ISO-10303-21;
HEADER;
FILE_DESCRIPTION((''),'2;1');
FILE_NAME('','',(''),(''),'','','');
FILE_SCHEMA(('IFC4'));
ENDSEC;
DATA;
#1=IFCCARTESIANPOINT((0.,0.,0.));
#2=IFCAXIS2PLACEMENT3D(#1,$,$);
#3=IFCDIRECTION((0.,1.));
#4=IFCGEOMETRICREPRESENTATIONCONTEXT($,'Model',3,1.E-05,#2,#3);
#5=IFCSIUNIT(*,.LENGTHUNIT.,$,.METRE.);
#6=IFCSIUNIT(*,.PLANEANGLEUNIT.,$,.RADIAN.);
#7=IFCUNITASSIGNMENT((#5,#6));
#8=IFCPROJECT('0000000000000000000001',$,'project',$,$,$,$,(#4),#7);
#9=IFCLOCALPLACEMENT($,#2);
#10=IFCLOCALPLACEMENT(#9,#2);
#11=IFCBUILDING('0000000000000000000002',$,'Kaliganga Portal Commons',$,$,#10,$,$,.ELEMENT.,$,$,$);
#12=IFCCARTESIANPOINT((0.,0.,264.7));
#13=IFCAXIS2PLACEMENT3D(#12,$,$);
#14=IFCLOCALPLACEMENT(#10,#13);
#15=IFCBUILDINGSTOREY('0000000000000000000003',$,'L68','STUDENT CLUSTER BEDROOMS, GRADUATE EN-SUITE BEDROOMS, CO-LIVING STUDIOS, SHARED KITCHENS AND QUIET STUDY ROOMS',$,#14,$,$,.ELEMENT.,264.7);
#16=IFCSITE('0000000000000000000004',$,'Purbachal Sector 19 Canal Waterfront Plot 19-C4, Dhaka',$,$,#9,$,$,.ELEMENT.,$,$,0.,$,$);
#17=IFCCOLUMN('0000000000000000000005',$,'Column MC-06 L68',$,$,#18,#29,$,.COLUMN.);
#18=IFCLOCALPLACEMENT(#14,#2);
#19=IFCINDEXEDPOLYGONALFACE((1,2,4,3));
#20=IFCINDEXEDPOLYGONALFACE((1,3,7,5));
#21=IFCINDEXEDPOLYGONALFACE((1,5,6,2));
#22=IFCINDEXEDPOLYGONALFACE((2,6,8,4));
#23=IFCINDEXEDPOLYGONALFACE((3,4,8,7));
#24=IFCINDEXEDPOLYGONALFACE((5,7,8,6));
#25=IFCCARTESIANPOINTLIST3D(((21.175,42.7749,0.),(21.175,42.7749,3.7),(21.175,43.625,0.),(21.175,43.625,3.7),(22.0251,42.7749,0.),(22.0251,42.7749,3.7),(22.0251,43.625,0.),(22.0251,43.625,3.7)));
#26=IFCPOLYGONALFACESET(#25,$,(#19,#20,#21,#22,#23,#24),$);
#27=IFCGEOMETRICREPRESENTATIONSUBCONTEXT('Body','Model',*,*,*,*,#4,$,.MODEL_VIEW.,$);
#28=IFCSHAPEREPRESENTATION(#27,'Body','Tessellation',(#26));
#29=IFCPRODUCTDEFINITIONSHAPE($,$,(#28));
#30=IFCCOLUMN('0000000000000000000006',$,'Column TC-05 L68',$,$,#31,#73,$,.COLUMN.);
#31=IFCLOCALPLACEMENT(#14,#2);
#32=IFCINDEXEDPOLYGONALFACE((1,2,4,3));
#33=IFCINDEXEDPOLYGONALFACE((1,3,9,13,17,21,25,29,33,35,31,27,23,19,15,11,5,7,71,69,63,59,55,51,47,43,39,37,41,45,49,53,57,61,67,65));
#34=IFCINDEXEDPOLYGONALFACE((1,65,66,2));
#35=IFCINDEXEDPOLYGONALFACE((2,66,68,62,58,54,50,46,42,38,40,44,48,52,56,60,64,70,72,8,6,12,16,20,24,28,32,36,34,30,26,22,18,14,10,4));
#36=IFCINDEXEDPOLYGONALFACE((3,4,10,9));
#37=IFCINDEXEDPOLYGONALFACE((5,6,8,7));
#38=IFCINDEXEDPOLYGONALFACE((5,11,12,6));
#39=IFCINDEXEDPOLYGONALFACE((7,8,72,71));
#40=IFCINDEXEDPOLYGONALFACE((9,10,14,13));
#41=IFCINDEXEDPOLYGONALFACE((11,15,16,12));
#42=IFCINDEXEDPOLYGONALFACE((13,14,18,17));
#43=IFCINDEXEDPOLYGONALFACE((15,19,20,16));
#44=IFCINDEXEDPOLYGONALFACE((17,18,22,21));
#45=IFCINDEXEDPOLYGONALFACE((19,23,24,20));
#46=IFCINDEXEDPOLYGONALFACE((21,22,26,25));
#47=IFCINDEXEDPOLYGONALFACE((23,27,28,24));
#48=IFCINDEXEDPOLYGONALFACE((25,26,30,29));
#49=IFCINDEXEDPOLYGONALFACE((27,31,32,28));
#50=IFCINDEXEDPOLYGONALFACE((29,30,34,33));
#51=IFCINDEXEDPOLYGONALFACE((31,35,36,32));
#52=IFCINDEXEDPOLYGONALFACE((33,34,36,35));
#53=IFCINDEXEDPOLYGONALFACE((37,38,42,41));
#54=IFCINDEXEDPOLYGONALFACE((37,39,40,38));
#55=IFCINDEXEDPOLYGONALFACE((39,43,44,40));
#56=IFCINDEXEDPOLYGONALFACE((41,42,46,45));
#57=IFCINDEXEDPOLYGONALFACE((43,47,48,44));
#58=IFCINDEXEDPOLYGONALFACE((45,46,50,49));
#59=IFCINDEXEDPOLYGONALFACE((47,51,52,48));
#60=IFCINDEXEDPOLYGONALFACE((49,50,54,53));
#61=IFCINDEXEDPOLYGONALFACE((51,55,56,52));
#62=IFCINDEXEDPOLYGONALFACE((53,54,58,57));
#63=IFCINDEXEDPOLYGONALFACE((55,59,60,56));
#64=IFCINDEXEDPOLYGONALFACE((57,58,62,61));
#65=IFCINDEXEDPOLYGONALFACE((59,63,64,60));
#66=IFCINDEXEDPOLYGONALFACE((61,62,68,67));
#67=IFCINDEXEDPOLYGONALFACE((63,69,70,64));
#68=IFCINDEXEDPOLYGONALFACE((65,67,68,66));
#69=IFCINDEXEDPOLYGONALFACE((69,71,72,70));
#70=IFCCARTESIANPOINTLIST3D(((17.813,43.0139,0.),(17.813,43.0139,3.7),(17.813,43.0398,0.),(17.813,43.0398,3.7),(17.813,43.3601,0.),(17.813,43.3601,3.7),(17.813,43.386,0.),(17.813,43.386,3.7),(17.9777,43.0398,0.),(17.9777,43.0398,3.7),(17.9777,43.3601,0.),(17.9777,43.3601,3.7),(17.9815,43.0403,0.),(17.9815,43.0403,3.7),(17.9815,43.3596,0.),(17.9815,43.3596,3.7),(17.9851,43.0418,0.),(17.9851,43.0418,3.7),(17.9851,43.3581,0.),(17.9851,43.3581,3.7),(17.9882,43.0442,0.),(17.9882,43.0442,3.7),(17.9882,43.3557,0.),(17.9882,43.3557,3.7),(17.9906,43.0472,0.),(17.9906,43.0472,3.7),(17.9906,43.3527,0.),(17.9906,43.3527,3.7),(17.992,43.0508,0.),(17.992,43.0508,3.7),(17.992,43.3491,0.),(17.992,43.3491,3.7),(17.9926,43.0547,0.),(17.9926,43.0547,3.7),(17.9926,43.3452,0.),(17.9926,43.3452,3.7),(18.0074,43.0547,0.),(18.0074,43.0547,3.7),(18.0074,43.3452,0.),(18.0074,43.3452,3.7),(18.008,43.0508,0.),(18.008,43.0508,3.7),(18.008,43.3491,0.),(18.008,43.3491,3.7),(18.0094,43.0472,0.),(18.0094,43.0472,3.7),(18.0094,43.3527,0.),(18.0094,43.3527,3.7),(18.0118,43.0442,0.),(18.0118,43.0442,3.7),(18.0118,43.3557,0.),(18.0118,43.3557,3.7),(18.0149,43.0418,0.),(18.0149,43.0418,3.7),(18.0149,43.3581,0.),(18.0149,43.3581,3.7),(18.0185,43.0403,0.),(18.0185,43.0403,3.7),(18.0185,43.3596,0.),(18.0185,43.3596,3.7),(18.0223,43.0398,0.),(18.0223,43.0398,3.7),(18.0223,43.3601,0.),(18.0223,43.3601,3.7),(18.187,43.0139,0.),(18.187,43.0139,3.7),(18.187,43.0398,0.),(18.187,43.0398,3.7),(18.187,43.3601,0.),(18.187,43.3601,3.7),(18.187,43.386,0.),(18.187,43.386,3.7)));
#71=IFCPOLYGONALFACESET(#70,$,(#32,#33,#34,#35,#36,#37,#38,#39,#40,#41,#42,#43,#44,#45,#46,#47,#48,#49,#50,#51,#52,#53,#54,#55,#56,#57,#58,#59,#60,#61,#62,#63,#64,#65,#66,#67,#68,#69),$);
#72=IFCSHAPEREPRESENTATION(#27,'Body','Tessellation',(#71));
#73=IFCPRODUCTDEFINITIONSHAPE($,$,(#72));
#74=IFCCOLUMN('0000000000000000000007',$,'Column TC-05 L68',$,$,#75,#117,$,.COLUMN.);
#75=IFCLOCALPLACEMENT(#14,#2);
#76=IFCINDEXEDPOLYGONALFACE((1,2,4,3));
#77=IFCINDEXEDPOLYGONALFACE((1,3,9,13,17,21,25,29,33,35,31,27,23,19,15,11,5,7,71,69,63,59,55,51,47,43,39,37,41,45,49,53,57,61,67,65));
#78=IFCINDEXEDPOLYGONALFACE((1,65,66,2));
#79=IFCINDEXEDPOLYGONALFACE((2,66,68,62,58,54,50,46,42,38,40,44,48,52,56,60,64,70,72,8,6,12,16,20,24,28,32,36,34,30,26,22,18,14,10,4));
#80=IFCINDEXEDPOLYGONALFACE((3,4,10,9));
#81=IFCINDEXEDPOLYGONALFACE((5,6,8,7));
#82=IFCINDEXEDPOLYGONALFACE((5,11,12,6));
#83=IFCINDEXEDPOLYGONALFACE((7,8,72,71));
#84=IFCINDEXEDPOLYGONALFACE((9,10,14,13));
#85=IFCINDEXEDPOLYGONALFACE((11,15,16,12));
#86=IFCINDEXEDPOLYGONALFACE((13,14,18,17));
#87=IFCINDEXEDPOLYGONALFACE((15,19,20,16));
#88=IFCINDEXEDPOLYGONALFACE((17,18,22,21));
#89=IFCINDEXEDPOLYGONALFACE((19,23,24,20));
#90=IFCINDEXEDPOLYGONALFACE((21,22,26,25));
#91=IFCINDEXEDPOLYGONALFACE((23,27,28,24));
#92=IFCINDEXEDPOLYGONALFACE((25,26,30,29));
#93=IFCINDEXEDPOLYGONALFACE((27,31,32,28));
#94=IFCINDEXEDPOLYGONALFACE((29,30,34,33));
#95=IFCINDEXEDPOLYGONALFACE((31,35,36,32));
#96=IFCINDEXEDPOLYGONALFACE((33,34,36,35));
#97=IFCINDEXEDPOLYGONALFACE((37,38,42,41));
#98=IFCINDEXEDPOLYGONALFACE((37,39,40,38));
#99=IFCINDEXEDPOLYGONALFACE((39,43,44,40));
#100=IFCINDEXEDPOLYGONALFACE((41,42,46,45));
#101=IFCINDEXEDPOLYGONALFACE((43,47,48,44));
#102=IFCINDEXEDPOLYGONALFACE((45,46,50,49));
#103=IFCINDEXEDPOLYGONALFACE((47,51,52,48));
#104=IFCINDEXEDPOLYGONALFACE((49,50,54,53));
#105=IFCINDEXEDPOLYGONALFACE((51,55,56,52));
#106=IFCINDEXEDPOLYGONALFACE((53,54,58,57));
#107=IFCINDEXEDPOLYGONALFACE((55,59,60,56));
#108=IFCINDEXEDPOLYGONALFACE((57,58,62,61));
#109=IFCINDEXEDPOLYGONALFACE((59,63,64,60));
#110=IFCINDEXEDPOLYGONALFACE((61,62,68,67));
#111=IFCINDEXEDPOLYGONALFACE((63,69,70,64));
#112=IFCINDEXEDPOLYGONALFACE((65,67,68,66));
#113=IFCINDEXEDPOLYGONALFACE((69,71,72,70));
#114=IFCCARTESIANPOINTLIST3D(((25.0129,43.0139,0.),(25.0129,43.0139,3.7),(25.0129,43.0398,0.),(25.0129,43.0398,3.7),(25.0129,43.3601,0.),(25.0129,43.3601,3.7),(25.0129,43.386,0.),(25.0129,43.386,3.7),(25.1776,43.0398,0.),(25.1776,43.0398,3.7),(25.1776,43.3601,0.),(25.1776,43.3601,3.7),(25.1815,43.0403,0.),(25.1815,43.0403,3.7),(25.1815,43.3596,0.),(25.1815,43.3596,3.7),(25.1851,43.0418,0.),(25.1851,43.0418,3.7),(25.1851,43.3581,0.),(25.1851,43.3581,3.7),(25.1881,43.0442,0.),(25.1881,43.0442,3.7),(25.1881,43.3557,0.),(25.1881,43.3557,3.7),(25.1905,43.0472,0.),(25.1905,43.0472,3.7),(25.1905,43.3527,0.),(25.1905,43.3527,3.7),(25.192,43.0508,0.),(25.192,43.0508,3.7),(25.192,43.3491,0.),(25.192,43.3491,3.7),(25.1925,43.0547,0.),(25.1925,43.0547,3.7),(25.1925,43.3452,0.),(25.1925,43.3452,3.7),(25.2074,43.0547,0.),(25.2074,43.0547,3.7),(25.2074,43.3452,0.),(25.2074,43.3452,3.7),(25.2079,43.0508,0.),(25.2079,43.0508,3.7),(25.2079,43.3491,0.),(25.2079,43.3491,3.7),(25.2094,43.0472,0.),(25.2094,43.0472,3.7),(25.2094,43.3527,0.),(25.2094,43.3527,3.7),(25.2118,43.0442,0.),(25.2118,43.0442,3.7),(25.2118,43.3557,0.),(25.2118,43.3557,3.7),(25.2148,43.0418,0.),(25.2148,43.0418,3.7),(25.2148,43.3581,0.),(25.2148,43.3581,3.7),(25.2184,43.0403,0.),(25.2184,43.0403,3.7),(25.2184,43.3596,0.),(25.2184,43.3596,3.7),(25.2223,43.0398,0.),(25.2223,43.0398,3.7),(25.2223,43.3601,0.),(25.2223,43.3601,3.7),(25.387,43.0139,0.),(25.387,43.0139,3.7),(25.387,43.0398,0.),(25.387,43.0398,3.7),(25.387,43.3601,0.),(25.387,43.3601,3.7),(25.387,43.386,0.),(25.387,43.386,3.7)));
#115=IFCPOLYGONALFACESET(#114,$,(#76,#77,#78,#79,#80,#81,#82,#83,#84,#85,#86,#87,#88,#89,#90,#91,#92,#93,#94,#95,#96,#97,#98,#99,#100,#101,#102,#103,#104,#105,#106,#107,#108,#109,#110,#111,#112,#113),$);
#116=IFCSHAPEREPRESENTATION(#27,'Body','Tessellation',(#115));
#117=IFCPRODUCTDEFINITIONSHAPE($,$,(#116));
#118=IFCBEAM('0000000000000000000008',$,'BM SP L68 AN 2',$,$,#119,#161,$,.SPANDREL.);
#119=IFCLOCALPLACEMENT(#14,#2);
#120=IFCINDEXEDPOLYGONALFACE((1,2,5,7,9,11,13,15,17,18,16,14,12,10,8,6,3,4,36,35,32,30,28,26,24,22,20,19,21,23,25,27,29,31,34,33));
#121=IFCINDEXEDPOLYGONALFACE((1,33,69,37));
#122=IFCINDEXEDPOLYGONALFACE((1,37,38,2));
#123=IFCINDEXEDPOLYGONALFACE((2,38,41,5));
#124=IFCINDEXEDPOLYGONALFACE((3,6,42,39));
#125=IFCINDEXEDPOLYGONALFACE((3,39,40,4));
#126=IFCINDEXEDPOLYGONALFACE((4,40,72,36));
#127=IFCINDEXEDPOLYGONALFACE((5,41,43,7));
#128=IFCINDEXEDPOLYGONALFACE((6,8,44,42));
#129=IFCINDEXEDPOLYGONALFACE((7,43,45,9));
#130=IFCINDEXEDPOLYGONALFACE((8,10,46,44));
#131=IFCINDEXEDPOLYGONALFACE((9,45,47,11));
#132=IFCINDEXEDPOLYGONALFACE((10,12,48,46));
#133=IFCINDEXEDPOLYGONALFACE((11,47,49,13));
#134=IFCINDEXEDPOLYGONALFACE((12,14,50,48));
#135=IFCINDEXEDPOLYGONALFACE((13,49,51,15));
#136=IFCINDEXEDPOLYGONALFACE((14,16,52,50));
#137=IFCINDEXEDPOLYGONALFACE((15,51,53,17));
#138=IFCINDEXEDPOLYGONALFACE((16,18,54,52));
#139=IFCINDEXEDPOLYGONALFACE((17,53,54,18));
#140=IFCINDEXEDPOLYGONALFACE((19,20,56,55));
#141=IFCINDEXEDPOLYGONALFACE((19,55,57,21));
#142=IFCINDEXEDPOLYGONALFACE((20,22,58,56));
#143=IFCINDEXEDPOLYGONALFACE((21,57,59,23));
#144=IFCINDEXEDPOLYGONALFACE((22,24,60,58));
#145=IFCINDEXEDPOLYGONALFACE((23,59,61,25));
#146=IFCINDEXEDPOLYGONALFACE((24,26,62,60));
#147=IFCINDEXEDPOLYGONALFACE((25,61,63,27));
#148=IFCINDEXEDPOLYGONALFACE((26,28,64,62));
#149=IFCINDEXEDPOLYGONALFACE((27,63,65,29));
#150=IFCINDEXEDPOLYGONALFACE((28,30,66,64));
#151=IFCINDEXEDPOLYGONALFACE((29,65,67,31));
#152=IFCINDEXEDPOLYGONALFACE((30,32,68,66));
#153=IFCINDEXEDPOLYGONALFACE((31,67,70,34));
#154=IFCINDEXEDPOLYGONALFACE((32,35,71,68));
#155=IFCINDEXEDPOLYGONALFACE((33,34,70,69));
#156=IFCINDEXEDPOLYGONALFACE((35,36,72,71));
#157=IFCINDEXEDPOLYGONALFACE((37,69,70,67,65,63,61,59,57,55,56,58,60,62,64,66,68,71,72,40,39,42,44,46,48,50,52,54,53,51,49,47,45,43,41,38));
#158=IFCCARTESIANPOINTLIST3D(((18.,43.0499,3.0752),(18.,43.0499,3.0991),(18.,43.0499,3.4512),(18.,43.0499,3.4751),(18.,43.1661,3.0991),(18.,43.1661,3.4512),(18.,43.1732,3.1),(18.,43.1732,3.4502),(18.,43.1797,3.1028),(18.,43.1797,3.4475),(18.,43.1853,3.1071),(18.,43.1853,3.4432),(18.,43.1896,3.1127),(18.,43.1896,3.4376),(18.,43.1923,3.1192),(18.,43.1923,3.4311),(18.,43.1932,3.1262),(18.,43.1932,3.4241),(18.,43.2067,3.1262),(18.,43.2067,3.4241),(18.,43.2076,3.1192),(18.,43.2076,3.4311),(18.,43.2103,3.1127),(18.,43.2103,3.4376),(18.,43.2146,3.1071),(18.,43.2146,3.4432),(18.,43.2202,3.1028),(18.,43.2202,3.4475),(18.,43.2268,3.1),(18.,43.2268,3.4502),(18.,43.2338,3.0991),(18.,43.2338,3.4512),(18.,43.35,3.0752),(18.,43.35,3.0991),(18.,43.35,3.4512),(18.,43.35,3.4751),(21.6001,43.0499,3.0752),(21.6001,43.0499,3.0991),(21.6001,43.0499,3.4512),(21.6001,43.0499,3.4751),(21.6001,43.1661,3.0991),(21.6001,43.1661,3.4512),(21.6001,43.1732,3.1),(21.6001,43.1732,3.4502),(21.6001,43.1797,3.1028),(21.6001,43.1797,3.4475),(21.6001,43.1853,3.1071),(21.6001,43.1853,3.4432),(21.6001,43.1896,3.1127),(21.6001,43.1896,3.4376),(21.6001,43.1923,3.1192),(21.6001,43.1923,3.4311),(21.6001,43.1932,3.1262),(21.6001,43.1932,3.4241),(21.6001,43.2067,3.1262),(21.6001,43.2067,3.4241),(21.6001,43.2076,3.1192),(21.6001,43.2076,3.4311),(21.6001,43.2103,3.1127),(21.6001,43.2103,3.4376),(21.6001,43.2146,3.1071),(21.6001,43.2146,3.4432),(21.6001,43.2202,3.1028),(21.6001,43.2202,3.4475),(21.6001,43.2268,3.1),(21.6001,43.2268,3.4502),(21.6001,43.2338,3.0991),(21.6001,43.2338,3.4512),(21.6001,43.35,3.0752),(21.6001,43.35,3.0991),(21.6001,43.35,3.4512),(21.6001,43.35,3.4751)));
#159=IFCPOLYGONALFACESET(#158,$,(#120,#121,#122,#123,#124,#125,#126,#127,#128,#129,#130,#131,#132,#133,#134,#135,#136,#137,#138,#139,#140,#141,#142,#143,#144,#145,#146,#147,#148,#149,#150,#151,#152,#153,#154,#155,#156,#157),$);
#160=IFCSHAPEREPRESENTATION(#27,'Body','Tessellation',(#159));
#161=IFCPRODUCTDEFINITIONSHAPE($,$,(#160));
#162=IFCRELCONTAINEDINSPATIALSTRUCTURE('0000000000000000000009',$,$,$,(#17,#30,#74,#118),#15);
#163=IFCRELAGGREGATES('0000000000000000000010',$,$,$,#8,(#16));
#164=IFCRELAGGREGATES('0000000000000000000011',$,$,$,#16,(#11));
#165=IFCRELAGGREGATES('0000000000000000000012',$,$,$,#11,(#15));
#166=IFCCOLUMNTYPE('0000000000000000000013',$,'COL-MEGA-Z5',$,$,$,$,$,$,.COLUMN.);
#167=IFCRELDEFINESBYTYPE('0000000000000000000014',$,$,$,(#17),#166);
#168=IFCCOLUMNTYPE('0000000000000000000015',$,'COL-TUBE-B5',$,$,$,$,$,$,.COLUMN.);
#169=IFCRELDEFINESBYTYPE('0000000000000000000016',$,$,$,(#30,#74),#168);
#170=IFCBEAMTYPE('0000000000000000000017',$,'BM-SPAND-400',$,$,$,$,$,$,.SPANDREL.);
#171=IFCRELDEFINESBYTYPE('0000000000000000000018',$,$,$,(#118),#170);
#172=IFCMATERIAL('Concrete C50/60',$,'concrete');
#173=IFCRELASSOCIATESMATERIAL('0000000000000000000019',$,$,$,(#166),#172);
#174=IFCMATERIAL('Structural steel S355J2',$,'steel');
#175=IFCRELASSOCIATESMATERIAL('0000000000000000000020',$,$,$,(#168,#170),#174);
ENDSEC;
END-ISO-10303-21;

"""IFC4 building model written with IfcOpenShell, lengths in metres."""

from ifc_helpers import new_model, si_unit, direction, frame, origin, origin_2d, place, context, subcontext, project, spatial, rectangle, i_section, extrude, source, transform, mapped, material, material_profile, profile_set, type_object, element, save


model = new_model("IFC4")

# Units and contexts
model_context = context("Model", 3, precision=1e-05, world=origin(), true_north=direction((0.0, 1.0)))
body_context = subcontext(model_context, "Body", "Model", "MODEL_VIEW")
ifc_project = project(units=[si_unit("LENGTHUNIT", "METRE"), si_unit("PLANEANGLEUNIT", "RADIAN")], contexts=[model_context])

# Site, building, storey
site_placement = place(None, origin())
site = spatial("IfcSite", under=ifc_project, at=site_placement, Name="Purbachal Sector 19 Canal Waterfront Plot 19-C4, Dhaka", CompositionType="ELEMENT", RefElevation=0.0)
building_placement = place(site_placement, origin())
building = spatial("IfcBuilding", under=site, at=building_placement, Name="Kaliganga Portal Commons", CompositionType="ELEMENT")
storey_placement = place(building_placement, frame((0.0, 0.0, 264.7)))
storey = spatial("IfcBuildingStorey", under=building, at=storey_placement, Name="L68", Description="STUDENT CLUSTER BEDROOMS, GRADUATE EN-SUITE BEDROOMS, CO-LIVING STUDIOS, SHARED KITCHENS AND QUIET STUDY ROOMS", CompositionType="ELEMENT", Elevation=264.7)

# Columns
ifc_material_1 = material(Name="Concrete C50/60", Category="concrete")
ifc_material_profile_1 = material_profile(ifc_material_1, rectangle(XDim=0.8501, YDim=0.8501, at=origin_2d()), Name="RC 850x850")
ifc_profile_set_1 = profile_set([ifc_material_profile_1], Name="Concrete C50/60")
column_type_1 = type_object("IfcColumnType", Name="COL-MEGA-Z5", PredefinedType="COLUMN", material=ifc_profile_set_1)
shared_shape_1 = source(origin(), body_context, "Body", "SweptSolid", [
    extrude(rectangle(XDim=0.8501, YDim=0.8501, at=origin_2d()), origin(), (0.0, 0.0, 1.0), 3.7),
])
column_placement = place(storey_placement, frame((21.6001, 43.2, 0.0), z_axis=(0.0, 0.0, 1.0), x_axis=(1.0, 0.0, 0.0)))
element("IfcColumn", 1, at=column_placement, inside=storey, type_object=column_type_1, Name="Column MC-06 L68", PredefinedType="COLUMN", context=body_context, shape_type="MappedRepresentation", body=[
    mapped(shared_shape_1, transform((0.0, 0.0, 0.0), x_axis=(1.0, 0.0, 0.0), y_axis=(0.0, 1.0, 0.0), z_axis=(0.0, 0.0, 1.0), scale=1.0)),
])
ifc_material_2 = material(Name="Structural steel S355J2", Category="steel")
ifc_material_profile_2 = material_profile(ifc_material_2, i_section(OverallWidth=0.374, OverallDepth=0.3721, WebThickness=0.0149, FlangeThickness=0.0259, FilletRadius=0.0149, at=origin_2d()), Name="HD 360x196")
ifc_profile_set_2 = profile_set([ifc_material_profile_2], Name="Structural steel S355J2 wide-flange")
column_type_2 = type_object("IfcColumnType", Name="COL-TUBE-B5", PredefinedType="COLUMN", material=ifc_profile_set_2)
shared_shape_2 = source(origin(), body_context, "Body", "SweptSolid", [
    extrude(i_section(OverallWidth=0.374, OverallDepth=0.3721, WebThickness=0.0149, FlangeThickness=0.0259, FilletRadius=0.0149, at=origin_2d()), origin(), (0.0, 0.0, 1.0), 3.7),
])
for number, where, z_axis, x_axis, name in (
    (2, (18.0, 43.2, 0.0), (0.0, 0.0, 1.0), (1.0, 0.0, 0.0), "Column TC-05 L68"),
    (3, (25.2, 43.2, 0.0), (0.0, 0.0, 1.0), (1.0, 0.0, 0.0), "Column TC-05 L68"),
):
    element("IfcColumn", number, at=place(storey_placement, frame(where, z_axis=z_axis, x_axis=x_axis)), inside=storey, type_object=column_type_2, Name=name, PredefinedType="COLUMN", context=body_context, shape_type="MappedRepresentation", body=[
        mapped(shared_shape_2, transform((0.0, 0.0, 0.0), x_axis=(1.0, 0.0, 0.0), y_axis=(0.0, 1.0, 0.0), z_axis=(0.0, 0.0, 1.0), scale=1.0)),
    ])

# Beam
ifc_material_profile_3 = material_profile(ifc_material_2, i_section(OverallWidth=0.3, OverallDepth=0.3999, WebThickness=0.0134, FlangeThickness=0.0239, FilletRadius=0.0271, at=origin_2d()), Name="HE 400 B")
ifc_profile_set_3 = profile_set([ifc_material_profile_3], Name="Structural steel S355J2 wide-flange")
beam_type_1 = type_object("IfcBeamType", Name="BM-SPAND-400", PredefinedType="SPANDREL", material=ifc_profile_set_3)
shared_shape_3 = source(origin(), body_context, "Body", "SweptSolid", [
    extrude(i_section(OverallWidth=0.3, OverallDepth=0.3999, WebThickness=0.0134, FlangeThickness=0.0239, FilletRadius=0.0271, at=origin_2d()), origin(), (0.0, 0.0, 1.0), 3.6001),
])
for number, where, z_axis, x_axis, name in (
    (4, (18.0, 43.2, 3.2751), (1.0, 0.0, 0.0), (0.0, 1.0, 0.0), "BM SP L68 AN 2"),
):
    element("IfcBeam", number, at=place(storey_placement, frame(where, z_axis=z_axis, x_axis=x_axis)), inside=storey, type_object=beam_type_1, Name=name, PredefinedType="SPANDREL", context=body_context, shape_type="MappedRepresentation", body=[
        mapped(shared_shape_3, transform((0.0, 0.0, 0.0), x_axis=(1.0, 0.0, 0.0), y_axis=(0.0, 1.0, 0.0), z_axis=(0.0, 0.0, 1.0), scale=1.0)),
    ])

save(model, "model.ifc")
